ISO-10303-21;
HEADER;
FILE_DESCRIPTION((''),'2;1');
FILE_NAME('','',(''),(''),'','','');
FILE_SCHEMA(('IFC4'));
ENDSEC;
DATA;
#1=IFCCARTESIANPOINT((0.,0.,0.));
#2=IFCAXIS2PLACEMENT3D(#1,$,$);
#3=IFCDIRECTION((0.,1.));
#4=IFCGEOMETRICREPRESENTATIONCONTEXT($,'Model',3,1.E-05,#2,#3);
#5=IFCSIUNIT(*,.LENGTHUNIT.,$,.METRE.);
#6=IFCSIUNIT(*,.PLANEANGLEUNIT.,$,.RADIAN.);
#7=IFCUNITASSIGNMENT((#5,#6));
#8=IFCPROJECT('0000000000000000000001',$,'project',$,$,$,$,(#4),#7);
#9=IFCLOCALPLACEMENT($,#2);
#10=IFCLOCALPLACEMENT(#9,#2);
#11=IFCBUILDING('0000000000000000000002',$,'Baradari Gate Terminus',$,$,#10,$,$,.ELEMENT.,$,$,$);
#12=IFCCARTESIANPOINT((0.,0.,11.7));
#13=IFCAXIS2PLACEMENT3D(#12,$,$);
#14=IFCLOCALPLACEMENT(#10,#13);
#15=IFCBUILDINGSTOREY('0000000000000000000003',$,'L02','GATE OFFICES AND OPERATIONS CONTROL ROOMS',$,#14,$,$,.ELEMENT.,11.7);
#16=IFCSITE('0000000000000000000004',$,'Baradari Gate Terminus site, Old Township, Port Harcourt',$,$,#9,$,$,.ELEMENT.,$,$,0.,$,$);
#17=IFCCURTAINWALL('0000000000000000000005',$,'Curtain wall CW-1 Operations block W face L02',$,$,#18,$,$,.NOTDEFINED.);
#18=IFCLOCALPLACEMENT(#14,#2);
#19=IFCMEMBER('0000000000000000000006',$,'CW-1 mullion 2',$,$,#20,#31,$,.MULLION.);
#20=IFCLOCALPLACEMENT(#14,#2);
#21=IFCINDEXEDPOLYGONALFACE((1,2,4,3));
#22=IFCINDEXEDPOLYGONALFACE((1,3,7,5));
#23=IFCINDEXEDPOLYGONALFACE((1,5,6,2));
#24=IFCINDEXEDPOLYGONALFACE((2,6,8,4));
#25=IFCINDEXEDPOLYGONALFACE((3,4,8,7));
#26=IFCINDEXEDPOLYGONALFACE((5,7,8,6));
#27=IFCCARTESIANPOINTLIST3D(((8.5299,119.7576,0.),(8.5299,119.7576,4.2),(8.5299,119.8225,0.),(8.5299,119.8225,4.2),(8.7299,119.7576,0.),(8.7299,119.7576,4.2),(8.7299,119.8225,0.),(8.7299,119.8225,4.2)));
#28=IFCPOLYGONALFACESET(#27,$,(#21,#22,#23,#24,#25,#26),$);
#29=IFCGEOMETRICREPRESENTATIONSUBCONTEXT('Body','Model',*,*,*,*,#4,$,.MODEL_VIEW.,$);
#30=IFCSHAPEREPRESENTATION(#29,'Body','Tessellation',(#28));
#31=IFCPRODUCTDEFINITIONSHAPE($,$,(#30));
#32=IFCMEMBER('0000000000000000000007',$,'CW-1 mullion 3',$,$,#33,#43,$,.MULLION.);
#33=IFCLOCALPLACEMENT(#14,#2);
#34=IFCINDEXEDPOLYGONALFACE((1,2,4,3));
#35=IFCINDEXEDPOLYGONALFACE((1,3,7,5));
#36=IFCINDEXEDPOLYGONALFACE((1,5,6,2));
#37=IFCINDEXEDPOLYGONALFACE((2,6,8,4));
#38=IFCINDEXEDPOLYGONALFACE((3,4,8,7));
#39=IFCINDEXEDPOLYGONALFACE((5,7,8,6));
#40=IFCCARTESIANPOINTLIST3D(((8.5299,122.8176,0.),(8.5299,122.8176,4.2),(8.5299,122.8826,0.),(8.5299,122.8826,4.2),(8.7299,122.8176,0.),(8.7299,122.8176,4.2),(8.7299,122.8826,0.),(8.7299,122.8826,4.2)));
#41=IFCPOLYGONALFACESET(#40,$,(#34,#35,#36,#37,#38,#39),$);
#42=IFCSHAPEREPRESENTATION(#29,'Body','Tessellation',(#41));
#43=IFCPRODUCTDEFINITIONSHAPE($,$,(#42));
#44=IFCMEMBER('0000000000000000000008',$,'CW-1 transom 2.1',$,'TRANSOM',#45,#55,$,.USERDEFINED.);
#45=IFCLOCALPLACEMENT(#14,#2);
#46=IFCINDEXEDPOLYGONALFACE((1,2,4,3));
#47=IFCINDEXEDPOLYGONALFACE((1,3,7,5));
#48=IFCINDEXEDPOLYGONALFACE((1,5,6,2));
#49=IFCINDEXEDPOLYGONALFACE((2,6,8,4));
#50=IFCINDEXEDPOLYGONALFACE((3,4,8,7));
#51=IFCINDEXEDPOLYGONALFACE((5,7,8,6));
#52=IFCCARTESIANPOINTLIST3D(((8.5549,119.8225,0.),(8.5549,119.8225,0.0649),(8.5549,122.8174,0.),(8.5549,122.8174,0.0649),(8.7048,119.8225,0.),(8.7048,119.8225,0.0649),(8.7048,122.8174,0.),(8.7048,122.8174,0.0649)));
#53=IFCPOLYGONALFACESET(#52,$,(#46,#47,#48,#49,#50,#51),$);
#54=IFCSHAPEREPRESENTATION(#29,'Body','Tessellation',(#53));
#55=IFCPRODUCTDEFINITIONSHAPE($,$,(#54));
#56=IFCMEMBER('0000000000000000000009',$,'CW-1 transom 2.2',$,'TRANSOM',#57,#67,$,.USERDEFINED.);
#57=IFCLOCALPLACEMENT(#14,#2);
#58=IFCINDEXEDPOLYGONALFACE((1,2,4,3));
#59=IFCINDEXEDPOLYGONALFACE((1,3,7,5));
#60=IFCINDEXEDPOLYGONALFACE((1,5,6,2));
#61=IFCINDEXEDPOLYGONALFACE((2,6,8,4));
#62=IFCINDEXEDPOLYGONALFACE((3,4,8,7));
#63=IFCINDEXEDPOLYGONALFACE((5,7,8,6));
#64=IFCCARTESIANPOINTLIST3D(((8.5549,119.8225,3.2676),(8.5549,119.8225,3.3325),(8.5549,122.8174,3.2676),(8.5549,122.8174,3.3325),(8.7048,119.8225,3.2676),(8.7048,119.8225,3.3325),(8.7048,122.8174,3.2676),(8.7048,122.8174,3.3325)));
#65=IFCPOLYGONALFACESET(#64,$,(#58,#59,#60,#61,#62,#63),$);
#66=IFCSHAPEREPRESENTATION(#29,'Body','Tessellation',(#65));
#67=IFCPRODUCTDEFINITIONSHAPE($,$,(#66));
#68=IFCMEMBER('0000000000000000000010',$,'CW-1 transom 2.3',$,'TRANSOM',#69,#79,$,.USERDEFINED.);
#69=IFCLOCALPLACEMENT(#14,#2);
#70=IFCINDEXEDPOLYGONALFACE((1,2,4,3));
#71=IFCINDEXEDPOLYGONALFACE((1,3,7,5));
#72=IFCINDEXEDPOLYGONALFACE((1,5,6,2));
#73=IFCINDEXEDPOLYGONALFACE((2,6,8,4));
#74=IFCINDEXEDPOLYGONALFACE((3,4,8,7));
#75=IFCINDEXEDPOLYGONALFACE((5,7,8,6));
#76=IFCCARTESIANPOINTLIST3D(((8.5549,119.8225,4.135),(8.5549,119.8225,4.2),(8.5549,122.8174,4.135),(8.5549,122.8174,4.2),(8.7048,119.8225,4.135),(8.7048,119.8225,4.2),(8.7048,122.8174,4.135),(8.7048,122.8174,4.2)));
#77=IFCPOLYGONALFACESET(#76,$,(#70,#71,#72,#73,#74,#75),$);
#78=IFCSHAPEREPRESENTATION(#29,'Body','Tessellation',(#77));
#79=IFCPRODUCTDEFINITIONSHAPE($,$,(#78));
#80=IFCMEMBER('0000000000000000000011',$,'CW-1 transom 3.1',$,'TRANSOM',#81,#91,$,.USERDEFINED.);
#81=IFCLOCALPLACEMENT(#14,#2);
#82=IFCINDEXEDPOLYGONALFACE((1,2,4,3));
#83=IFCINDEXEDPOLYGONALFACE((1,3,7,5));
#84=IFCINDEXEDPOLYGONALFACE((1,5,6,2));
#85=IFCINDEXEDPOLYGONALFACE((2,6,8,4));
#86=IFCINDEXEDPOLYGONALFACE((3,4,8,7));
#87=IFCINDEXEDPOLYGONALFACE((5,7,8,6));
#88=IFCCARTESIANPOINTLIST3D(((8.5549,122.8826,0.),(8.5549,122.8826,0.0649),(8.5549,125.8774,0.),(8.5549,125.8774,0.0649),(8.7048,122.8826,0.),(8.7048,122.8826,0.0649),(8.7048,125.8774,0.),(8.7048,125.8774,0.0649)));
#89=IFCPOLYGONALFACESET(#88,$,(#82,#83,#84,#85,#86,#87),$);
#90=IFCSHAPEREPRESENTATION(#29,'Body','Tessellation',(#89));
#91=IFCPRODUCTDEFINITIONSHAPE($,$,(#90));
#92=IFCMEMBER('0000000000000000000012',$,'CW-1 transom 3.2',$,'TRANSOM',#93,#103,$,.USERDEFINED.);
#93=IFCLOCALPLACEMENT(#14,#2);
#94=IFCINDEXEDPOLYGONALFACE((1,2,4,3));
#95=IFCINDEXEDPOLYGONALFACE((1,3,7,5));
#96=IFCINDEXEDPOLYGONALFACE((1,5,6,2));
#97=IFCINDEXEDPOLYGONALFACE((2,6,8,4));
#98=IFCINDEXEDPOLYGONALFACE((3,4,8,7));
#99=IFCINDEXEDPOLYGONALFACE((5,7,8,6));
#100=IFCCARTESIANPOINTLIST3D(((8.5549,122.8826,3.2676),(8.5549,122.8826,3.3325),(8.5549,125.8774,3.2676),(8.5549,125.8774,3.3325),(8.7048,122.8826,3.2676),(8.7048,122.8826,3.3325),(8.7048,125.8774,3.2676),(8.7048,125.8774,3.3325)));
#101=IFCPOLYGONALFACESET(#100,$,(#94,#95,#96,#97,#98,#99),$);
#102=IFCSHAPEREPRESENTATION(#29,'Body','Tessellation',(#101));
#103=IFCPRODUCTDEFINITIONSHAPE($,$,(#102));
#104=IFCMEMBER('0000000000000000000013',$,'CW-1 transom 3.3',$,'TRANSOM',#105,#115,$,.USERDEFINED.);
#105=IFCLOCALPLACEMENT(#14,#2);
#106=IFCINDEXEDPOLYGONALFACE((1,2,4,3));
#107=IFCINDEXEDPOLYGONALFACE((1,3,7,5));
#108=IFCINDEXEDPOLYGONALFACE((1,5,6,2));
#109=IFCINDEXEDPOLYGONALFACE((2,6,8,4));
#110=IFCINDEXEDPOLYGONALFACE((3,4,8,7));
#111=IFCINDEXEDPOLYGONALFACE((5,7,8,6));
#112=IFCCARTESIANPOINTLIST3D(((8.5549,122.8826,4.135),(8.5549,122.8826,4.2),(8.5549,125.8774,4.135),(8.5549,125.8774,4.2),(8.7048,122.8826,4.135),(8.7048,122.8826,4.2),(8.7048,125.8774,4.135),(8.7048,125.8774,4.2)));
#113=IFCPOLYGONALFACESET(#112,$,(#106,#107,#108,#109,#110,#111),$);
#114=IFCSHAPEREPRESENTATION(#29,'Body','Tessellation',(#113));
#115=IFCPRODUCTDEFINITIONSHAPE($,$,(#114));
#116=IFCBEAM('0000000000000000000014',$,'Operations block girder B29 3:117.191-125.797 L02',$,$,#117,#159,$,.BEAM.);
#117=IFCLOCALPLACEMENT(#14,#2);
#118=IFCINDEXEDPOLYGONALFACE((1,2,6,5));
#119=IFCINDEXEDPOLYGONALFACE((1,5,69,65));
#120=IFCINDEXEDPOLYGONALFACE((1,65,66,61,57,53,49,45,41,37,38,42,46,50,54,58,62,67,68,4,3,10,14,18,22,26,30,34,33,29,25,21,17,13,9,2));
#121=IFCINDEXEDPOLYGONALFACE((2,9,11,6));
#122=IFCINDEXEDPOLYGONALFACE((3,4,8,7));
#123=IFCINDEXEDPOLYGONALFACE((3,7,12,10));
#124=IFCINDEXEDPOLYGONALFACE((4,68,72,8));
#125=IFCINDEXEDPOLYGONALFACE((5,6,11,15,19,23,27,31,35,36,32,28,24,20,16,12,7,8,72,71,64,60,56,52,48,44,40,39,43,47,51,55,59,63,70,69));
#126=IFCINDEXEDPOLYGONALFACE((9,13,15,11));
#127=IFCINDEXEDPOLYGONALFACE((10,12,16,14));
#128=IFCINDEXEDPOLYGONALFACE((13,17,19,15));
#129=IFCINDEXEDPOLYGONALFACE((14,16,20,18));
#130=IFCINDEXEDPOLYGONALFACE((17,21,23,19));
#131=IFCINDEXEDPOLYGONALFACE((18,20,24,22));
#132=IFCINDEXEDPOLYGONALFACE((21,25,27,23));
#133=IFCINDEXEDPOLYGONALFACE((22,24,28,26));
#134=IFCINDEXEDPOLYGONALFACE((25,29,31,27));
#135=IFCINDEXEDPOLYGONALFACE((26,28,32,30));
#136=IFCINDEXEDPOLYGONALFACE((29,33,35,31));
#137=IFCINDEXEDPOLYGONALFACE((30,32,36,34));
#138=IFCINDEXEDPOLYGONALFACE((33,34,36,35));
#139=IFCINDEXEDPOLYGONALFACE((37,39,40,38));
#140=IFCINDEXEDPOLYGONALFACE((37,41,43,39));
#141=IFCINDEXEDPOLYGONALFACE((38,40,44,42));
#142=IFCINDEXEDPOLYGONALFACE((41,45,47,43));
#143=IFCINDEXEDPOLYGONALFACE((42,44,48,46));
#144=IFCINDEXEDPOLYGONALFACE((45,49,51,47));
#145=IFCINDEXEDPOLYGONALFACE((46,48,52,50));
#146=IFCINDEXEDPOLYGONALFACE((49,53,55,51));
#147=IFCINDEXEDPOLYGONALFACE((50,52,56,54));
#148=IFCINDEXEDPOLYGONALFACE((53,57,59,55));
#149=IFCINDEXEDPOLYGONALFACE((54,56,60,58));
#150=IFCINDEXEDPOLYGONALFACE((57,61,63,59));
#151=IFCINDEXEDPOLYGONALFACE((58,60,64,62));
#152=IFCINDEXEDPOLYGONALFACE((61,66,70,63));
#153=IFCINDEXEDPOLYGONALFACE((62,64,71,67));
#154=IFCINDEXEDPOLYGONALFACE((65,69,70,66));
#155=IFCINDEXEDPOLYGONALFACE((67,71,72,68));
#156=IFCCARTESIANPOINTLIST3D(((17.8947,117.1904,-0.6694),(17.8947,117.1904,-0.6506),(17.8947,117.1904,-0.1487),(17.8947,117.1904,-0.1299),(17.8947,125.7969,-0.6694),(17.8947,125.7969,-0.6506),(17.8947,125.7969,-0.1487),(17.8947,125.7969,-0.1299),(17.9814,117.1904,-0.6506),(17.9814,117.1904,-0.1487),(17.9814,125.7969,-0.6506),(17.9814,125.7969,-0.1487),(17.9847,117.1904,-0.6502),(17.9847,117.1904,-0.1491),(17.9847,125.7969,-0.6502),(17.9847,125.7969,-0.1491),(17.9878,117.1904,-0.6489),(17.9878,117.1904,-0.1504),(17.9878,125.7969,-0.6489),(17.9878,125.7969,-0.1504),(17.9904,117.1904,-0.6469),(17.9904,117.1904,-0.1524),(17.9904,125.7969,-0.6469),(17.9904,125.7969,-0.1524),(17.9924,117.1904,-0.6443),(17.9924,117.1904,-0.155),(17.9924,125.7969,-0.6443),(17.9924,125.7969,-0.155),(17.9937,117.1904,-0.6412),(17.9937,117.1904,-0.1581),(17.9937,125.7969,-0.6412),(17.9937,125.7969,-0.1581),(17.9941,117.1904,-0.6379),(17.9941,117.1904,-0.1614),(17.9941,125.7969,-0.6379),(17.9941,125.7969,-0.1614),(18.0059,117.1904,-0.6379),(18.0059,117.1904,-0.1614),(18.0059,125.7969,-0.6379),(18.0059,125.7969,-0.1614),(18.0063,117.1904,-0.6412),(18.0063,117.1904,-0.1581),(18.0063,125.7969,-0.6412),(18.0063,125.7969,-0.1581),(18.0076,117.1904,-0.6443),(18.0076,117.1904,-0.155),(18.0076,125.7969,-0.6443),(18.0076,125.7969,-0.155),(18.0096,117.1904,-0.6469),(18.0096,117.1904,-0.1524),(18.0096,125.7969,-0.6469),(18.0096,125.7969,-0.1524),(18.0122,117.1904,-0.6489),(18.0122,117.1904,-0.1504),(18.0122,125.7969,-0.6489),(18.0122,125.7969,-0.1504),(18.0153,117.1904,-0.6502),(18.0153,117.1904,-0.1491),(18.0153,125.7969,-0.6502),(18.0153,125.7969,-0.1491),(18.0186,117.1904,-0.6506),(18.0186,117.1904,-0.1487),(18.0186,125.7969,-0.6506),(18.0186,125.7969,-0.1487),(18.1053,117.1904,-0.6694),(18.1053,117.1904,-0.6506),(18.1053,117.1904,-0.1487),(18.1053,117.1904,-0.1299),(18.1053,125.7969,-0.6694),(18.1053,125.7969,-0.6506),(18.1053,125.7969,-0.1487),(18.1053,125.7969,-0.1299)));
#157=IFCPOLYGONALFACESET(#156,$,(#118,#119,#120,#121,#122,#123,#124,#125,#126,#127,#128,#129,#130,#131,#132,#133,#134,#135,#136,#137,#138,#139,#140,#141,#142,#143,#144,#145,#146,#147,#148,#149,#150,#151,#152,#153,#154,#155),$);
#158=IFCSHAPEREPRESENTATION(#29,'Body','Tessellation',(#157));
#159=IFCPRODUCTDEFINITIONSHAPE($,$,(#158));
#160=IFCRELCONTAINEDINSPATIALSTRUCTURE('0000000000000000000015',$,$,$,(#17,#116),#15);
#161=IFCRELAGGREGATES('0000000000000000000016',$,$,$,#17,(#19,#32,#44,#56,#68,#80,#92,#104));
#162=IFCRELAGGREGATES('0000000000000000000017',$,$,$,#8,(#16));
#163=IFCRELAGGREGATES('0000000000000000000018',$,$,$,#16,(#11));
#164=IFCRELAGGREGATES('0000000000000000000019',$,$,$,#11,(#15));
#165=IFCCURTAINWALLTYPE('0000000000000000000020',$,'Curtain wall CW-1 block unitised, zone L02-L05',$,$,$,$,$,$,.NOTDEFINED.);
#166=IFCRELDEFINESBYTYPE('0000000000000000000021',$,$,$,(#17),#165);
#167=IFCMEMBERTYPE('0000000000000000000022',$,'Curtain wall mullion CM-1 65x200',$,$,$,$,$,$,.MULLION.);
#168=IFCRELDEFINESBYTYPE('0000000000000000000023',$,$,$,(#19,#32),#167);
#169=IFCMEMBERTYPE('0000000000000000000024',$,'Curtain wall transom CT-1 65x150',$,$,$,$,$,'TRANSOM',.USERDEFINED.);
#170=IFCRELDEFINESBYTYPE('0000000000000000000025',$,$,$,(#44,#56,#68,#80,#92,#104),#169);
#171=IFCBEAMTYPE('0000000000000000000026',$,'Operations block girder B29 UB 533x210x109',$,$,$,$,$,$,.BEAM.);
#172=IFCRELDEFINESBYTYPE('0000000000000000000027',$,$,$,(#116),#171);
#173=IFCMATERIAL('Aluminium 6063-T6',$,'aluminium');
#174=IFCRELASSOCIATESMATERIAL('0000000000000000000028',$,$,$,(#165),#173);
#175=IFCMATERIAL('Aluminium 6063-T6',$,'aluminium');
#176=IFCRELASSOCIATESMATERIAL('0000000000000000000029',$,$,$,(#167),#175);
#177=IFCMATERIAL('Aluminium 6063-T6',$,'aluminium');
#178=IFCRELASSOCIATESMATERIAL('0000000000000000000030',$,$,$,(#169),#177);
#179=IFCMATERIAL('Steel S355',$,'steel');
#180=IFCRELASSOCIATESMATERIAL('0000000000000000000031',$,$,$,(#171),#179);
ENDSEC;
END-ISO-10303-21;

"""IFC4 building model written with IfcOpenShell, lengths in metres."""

from ifc_helpers import new_model, si_unit, direction, frame, origin, origin_2d, place, context, subcontext, project, spatial, rectangle, i_section, extrude, material, material_profile, profile_set, type_object, element, aggregate, save


model = new_model("IFC4")

# Units and contexts
model_context = context("Model", 3, precision=1e-05, world=origin(), true_north=direction((0.0, 1.0)))
body_context = subcontext(model_context, "Body", "Model", "MODEL_VIEW")
ifc_project = project(units=[si_unit("LENGTHUNIT", "METRE"), si_unit("PLANEANGLEUNIT", "RADIAN")], contexts=[model_context])

# Site, building, storey
site_placement = place(None, origin())
site = spatial("IfcSite", under=ifc_project, at=site_placement, Name="Baradari Gate Terminus site, Old Township, Port Harcourt", CompositionType="ELEMENT", RefElevation=0.0)
building_placement = place(site_placement, origin())
building = spatial("IfcBuilding", under=site, at=building_placement, Name="Baradari Gate Terminus", CompositionType="ELEMENT")
storey_placement = place(building_placement, frame((0.0, 0.0, 11.7)))
storey = spatial("IfcBuildingStorey", under=building, at=storey_placement, Name="L02", Description="GATE OFFICES AND OPERATIONS CONTROL ROOMS", CompositionType="ELEMENT", Elevation=11.7)

# Curtain wall, members
ifc_material_1 = material(Name="Aluminium 6063-T6", Category="aluminium")
curtain_wall_type = type_object("IfcCurtainWallType", Name="Curtain wall CW-1 block unitised, zone L02-L05", PredefinedType="NOTDEFINED", material=ifc_material_1)
curtain_wall_placement = place(storey_placement, origin())
curtain_wall = element("IfcCurtainWall", 1, at=curtain_wall_placement, inside=storey, type_object=curtain_wall_type, Name="Curtain wall CW-1 Operations block W face L02", PredefinedType="NOTDEFINED")
ifc_material_2 = material(Name="Aluminium 6063-T6", Category="aluminium")
ifc_material_profile_1 = material_profile(ifc_material_2, rectangle(XDim=0.2, YDim=0.0649, at=origin_2d()), Name="CM-1 65X200")
ifc_profile_set_1 = profile_set([ifc_material_profile_1], Name="Aluminium 6063-T6")
member_type_1 = type_object("IfcMemberType", Name="Curtain wall mullion CM-1 65x200", PredefinedType="MULLION", material=ifc_profile_set_1)
member_1_placement = place(storey_placement, frame((8.6299, 119.79, 0.0), z_axis=(0.0, 0.0, 1.0), x_axis=(-1.0, 0.0, 0.0)))
member_1 = element("IfcMember", 2, at=member_1_placement, type_object=member_type_1, Name="CW-1 mullion 2", PredefinedType="MULLION", context=body_context, shape_type="SweptSolid", body=[
    extrude(rectangle(XDim=0.2, YDim=0.0649, at=origin_2d()), origin(), (0.0, 0.0, 1.0), 4.2),
])
member_2_placement = place(storey_placement, frame((8.6299, 122.8501, 0.0), z_axis=(0.0, 0.0, 1.0), x_axis=(-1.0, 0.0, 0.0)))
member_2 = element("IfcMember", 3, at=member_2_placement, type_object=member_type_1, Name="CW-1 mullion 3", PredefinedType="MULLION", context=body_context, shape_type="SweptSolid", body=[
    extrude(rectangle(XDim=0.2, YDim=0.0649, at=origin_2d()), origin(), (0.0, 0.0, 1.0), 4.2),
])
ifc_material_3 = material(Name="Aluminium 6063-T6", Category="aluminium")
ifc_material_profile_2 = material_profile(ifc_material_3, rectangle(XDim=0.1499, YDim=0.0649, at=origin_2d()), Name="CT-1 65X150")
ifc_profile_set_2 = profile_set([ifc_material_profile_2], Name="Aluminium 6063-T6")
member_type_2 = type_object("IfcMemberType", Name="Curtain wall transom CT-1 65x150", ElementType="TRANSOM", PredefinedType="USERDEFINED", material=ifc_profile_set_2)
member_3_placement = place(storey_placement, frame((8.6299, 119.8225, 0.0325), z_axis=(0.0, 1.0, 0.0), x_axis=(-1.0, 0.0, 0.0)))
member_3 = element("IfcMember", 4, at=member_3_placement, type_object=member_type_2, Name="CW-1 transom 2.1", ObjectType="TRANSOM", PredefinedType="USERDEFINED", context=body_context, shape_type="SweptSolid", body=[
    extrude(rectangle(XDim=0.1499, YDim=0.0649, at=origin_2d()), origin(), (0.0, 0.0, 1.0), 2.9949),
])
member_4_placement = place(storey_placement, frame((8.6299, 119.8225, 3.3), z_axis=(0.0, 1.0, 0.0), x_axis=(-1.0, 0.0, 0.0)))
member_4 = element("IfcMember", 5, at=member_4_placement, type_object=member_type_2, Name="CW-1 transom 2.2", ObjectType="TRANSOM", PredefinedType="USERDEFINED", context=body_context, shape_type="SweptSolid", body=[
    extrude(rectangle(XDim=0.1499, YDim=0.0649, at=origin_2d()), origin(), (0.0, 0.0, 1.0), 2.9949),
])
member_5_placement = place(storey_placement, frame((8.6299, 119.8225, 4.1675), z_axis=(0.0, 1.0, 0.0), x_axis=(-1.0, 0.0, 0.0)))
member_5 = element("IfcMember", 6, at=member_5_placement, type_object=member_type_2, Name="CW-1 transom 2.3", ObjectType="TRANSOM", PredefinedType="USERDEFINED", context=body_context, shape_type="SweptSolid", body=[
    extrude(rectangle(XDim=0.1499, YDim=0.0649, at=origin_2d()), origin(), (0.0, 0.0, 1.0), 2.9949),
])
member_6_placement = place(storey_placement, frame((8.6299, 122.8826, 0.0325), z_axis=(0.0, 1.0, 0.0), x_axis=(-1.0, 0.0, 0.0)))
member_6 = element("IfcMember", 7, at=member_6_placement, type_object=member_type_2, Name="CW-1 transom 3.1", ObjectType="TRANSOM", PredefinedType="USERDEFINED", context=body_context, shape_type="SweptSolid", body=[
    extrude(rectangle(XDim=0.1499, YDim=0.0649, at=origin_2d()), origin(), (0.0, 0.0, 1.0), 2.9949),
])
member_7_placement = place(storey_placement, frame((8.6299, 122.8826, 3.3), z_axis=(0.0, 1.0, 0.0), x_axis=(-1.0, 0.0, 0.0)))
member_7 = element("IfcMember", 8, at=member_7_placement, type_object=member_type_2, Name="CW-1 transom 3.2", ObjectType="TRANSOM", PredefinedType="USERDEFINED", context=body_context, shape_type="SweptSolid", body=[
    extrude(rectangle(XDim=0.1499, YDim=0.0649, at=origin_2d()), origin(), (0.0, 0.0, 1.0), 2.9949),
])
member_8_placement = place(storey_placement, frame((8.6299, 122.8826, 4.1675), z_axis=(0.0, 1.0, 0.0), x_axis=(-1.0, 0.0, 0.0)))
member_8 = element("IfcMember", 9, at=member_8_placement, type_object=member_type_2, Name="CW-1 transom 3.3", ObjectType="TRANSOM", PredefinedType="USERDEFINED", context=body_context, shape_type="SweptSolid", body=[
    extrude(rectangle(XDim=0.1499, YDim=0.0649, at=origin_2d()), origin(), (0.0, 0.0, 1.0), 2.9949),
])

# Beam
ifc_material_4 = material(Name="Steel S355", Category="steel")
ifc_material_profile_3 = material_profile(ifc_material_4, i_section(OverallWidth=0.2107, OverallDepth=0.5396, WebThickness=0.0117, FlangeThickness=0.0188, FilletRadius=0.0127, at=origin_2d()), Name="UB 533x210x109")
ifc_profile_set_3 = profile_set([ifc_material_profile_3], Name="Steel S355")
beam_type_1 = type_object("IfcBeamType", Name="Operations block girder B29 UB 533x210x109", PredefinedType="BEAM", material=ifc_profile_set_3)
beam_1_placement = place(storey_placement, frame((18.0, 117.1904, -0.3997), z_axis=(0.0, 1.0, 0.0), x_axis=(-1.0, 0.0, 0.0)))
element("IfcBeam", 10, at=beam_1_placement, inside=storey, type_object=beam_type_1, Name="Operations block girder B29 3:117.191-125.797 L02", PredefinedType="BEAM", context=body_context, shape_type="SweptSolid", body=[
    extrude(i_section(OverallWidth=0.2107, OverallDepth=0.5396, WebThickness=0.0117, FlangeThickness=0.0188, FilletRadius=0.0127, at=origin_2d()), origin(), (0.0, 0.0, 1.0), 8.6064),
])

aggregate(curtain_wall, [member_1, member_2, member_3, member_4, member_5, member_6, member_7, member_8])

save(model, "model.ifc")
